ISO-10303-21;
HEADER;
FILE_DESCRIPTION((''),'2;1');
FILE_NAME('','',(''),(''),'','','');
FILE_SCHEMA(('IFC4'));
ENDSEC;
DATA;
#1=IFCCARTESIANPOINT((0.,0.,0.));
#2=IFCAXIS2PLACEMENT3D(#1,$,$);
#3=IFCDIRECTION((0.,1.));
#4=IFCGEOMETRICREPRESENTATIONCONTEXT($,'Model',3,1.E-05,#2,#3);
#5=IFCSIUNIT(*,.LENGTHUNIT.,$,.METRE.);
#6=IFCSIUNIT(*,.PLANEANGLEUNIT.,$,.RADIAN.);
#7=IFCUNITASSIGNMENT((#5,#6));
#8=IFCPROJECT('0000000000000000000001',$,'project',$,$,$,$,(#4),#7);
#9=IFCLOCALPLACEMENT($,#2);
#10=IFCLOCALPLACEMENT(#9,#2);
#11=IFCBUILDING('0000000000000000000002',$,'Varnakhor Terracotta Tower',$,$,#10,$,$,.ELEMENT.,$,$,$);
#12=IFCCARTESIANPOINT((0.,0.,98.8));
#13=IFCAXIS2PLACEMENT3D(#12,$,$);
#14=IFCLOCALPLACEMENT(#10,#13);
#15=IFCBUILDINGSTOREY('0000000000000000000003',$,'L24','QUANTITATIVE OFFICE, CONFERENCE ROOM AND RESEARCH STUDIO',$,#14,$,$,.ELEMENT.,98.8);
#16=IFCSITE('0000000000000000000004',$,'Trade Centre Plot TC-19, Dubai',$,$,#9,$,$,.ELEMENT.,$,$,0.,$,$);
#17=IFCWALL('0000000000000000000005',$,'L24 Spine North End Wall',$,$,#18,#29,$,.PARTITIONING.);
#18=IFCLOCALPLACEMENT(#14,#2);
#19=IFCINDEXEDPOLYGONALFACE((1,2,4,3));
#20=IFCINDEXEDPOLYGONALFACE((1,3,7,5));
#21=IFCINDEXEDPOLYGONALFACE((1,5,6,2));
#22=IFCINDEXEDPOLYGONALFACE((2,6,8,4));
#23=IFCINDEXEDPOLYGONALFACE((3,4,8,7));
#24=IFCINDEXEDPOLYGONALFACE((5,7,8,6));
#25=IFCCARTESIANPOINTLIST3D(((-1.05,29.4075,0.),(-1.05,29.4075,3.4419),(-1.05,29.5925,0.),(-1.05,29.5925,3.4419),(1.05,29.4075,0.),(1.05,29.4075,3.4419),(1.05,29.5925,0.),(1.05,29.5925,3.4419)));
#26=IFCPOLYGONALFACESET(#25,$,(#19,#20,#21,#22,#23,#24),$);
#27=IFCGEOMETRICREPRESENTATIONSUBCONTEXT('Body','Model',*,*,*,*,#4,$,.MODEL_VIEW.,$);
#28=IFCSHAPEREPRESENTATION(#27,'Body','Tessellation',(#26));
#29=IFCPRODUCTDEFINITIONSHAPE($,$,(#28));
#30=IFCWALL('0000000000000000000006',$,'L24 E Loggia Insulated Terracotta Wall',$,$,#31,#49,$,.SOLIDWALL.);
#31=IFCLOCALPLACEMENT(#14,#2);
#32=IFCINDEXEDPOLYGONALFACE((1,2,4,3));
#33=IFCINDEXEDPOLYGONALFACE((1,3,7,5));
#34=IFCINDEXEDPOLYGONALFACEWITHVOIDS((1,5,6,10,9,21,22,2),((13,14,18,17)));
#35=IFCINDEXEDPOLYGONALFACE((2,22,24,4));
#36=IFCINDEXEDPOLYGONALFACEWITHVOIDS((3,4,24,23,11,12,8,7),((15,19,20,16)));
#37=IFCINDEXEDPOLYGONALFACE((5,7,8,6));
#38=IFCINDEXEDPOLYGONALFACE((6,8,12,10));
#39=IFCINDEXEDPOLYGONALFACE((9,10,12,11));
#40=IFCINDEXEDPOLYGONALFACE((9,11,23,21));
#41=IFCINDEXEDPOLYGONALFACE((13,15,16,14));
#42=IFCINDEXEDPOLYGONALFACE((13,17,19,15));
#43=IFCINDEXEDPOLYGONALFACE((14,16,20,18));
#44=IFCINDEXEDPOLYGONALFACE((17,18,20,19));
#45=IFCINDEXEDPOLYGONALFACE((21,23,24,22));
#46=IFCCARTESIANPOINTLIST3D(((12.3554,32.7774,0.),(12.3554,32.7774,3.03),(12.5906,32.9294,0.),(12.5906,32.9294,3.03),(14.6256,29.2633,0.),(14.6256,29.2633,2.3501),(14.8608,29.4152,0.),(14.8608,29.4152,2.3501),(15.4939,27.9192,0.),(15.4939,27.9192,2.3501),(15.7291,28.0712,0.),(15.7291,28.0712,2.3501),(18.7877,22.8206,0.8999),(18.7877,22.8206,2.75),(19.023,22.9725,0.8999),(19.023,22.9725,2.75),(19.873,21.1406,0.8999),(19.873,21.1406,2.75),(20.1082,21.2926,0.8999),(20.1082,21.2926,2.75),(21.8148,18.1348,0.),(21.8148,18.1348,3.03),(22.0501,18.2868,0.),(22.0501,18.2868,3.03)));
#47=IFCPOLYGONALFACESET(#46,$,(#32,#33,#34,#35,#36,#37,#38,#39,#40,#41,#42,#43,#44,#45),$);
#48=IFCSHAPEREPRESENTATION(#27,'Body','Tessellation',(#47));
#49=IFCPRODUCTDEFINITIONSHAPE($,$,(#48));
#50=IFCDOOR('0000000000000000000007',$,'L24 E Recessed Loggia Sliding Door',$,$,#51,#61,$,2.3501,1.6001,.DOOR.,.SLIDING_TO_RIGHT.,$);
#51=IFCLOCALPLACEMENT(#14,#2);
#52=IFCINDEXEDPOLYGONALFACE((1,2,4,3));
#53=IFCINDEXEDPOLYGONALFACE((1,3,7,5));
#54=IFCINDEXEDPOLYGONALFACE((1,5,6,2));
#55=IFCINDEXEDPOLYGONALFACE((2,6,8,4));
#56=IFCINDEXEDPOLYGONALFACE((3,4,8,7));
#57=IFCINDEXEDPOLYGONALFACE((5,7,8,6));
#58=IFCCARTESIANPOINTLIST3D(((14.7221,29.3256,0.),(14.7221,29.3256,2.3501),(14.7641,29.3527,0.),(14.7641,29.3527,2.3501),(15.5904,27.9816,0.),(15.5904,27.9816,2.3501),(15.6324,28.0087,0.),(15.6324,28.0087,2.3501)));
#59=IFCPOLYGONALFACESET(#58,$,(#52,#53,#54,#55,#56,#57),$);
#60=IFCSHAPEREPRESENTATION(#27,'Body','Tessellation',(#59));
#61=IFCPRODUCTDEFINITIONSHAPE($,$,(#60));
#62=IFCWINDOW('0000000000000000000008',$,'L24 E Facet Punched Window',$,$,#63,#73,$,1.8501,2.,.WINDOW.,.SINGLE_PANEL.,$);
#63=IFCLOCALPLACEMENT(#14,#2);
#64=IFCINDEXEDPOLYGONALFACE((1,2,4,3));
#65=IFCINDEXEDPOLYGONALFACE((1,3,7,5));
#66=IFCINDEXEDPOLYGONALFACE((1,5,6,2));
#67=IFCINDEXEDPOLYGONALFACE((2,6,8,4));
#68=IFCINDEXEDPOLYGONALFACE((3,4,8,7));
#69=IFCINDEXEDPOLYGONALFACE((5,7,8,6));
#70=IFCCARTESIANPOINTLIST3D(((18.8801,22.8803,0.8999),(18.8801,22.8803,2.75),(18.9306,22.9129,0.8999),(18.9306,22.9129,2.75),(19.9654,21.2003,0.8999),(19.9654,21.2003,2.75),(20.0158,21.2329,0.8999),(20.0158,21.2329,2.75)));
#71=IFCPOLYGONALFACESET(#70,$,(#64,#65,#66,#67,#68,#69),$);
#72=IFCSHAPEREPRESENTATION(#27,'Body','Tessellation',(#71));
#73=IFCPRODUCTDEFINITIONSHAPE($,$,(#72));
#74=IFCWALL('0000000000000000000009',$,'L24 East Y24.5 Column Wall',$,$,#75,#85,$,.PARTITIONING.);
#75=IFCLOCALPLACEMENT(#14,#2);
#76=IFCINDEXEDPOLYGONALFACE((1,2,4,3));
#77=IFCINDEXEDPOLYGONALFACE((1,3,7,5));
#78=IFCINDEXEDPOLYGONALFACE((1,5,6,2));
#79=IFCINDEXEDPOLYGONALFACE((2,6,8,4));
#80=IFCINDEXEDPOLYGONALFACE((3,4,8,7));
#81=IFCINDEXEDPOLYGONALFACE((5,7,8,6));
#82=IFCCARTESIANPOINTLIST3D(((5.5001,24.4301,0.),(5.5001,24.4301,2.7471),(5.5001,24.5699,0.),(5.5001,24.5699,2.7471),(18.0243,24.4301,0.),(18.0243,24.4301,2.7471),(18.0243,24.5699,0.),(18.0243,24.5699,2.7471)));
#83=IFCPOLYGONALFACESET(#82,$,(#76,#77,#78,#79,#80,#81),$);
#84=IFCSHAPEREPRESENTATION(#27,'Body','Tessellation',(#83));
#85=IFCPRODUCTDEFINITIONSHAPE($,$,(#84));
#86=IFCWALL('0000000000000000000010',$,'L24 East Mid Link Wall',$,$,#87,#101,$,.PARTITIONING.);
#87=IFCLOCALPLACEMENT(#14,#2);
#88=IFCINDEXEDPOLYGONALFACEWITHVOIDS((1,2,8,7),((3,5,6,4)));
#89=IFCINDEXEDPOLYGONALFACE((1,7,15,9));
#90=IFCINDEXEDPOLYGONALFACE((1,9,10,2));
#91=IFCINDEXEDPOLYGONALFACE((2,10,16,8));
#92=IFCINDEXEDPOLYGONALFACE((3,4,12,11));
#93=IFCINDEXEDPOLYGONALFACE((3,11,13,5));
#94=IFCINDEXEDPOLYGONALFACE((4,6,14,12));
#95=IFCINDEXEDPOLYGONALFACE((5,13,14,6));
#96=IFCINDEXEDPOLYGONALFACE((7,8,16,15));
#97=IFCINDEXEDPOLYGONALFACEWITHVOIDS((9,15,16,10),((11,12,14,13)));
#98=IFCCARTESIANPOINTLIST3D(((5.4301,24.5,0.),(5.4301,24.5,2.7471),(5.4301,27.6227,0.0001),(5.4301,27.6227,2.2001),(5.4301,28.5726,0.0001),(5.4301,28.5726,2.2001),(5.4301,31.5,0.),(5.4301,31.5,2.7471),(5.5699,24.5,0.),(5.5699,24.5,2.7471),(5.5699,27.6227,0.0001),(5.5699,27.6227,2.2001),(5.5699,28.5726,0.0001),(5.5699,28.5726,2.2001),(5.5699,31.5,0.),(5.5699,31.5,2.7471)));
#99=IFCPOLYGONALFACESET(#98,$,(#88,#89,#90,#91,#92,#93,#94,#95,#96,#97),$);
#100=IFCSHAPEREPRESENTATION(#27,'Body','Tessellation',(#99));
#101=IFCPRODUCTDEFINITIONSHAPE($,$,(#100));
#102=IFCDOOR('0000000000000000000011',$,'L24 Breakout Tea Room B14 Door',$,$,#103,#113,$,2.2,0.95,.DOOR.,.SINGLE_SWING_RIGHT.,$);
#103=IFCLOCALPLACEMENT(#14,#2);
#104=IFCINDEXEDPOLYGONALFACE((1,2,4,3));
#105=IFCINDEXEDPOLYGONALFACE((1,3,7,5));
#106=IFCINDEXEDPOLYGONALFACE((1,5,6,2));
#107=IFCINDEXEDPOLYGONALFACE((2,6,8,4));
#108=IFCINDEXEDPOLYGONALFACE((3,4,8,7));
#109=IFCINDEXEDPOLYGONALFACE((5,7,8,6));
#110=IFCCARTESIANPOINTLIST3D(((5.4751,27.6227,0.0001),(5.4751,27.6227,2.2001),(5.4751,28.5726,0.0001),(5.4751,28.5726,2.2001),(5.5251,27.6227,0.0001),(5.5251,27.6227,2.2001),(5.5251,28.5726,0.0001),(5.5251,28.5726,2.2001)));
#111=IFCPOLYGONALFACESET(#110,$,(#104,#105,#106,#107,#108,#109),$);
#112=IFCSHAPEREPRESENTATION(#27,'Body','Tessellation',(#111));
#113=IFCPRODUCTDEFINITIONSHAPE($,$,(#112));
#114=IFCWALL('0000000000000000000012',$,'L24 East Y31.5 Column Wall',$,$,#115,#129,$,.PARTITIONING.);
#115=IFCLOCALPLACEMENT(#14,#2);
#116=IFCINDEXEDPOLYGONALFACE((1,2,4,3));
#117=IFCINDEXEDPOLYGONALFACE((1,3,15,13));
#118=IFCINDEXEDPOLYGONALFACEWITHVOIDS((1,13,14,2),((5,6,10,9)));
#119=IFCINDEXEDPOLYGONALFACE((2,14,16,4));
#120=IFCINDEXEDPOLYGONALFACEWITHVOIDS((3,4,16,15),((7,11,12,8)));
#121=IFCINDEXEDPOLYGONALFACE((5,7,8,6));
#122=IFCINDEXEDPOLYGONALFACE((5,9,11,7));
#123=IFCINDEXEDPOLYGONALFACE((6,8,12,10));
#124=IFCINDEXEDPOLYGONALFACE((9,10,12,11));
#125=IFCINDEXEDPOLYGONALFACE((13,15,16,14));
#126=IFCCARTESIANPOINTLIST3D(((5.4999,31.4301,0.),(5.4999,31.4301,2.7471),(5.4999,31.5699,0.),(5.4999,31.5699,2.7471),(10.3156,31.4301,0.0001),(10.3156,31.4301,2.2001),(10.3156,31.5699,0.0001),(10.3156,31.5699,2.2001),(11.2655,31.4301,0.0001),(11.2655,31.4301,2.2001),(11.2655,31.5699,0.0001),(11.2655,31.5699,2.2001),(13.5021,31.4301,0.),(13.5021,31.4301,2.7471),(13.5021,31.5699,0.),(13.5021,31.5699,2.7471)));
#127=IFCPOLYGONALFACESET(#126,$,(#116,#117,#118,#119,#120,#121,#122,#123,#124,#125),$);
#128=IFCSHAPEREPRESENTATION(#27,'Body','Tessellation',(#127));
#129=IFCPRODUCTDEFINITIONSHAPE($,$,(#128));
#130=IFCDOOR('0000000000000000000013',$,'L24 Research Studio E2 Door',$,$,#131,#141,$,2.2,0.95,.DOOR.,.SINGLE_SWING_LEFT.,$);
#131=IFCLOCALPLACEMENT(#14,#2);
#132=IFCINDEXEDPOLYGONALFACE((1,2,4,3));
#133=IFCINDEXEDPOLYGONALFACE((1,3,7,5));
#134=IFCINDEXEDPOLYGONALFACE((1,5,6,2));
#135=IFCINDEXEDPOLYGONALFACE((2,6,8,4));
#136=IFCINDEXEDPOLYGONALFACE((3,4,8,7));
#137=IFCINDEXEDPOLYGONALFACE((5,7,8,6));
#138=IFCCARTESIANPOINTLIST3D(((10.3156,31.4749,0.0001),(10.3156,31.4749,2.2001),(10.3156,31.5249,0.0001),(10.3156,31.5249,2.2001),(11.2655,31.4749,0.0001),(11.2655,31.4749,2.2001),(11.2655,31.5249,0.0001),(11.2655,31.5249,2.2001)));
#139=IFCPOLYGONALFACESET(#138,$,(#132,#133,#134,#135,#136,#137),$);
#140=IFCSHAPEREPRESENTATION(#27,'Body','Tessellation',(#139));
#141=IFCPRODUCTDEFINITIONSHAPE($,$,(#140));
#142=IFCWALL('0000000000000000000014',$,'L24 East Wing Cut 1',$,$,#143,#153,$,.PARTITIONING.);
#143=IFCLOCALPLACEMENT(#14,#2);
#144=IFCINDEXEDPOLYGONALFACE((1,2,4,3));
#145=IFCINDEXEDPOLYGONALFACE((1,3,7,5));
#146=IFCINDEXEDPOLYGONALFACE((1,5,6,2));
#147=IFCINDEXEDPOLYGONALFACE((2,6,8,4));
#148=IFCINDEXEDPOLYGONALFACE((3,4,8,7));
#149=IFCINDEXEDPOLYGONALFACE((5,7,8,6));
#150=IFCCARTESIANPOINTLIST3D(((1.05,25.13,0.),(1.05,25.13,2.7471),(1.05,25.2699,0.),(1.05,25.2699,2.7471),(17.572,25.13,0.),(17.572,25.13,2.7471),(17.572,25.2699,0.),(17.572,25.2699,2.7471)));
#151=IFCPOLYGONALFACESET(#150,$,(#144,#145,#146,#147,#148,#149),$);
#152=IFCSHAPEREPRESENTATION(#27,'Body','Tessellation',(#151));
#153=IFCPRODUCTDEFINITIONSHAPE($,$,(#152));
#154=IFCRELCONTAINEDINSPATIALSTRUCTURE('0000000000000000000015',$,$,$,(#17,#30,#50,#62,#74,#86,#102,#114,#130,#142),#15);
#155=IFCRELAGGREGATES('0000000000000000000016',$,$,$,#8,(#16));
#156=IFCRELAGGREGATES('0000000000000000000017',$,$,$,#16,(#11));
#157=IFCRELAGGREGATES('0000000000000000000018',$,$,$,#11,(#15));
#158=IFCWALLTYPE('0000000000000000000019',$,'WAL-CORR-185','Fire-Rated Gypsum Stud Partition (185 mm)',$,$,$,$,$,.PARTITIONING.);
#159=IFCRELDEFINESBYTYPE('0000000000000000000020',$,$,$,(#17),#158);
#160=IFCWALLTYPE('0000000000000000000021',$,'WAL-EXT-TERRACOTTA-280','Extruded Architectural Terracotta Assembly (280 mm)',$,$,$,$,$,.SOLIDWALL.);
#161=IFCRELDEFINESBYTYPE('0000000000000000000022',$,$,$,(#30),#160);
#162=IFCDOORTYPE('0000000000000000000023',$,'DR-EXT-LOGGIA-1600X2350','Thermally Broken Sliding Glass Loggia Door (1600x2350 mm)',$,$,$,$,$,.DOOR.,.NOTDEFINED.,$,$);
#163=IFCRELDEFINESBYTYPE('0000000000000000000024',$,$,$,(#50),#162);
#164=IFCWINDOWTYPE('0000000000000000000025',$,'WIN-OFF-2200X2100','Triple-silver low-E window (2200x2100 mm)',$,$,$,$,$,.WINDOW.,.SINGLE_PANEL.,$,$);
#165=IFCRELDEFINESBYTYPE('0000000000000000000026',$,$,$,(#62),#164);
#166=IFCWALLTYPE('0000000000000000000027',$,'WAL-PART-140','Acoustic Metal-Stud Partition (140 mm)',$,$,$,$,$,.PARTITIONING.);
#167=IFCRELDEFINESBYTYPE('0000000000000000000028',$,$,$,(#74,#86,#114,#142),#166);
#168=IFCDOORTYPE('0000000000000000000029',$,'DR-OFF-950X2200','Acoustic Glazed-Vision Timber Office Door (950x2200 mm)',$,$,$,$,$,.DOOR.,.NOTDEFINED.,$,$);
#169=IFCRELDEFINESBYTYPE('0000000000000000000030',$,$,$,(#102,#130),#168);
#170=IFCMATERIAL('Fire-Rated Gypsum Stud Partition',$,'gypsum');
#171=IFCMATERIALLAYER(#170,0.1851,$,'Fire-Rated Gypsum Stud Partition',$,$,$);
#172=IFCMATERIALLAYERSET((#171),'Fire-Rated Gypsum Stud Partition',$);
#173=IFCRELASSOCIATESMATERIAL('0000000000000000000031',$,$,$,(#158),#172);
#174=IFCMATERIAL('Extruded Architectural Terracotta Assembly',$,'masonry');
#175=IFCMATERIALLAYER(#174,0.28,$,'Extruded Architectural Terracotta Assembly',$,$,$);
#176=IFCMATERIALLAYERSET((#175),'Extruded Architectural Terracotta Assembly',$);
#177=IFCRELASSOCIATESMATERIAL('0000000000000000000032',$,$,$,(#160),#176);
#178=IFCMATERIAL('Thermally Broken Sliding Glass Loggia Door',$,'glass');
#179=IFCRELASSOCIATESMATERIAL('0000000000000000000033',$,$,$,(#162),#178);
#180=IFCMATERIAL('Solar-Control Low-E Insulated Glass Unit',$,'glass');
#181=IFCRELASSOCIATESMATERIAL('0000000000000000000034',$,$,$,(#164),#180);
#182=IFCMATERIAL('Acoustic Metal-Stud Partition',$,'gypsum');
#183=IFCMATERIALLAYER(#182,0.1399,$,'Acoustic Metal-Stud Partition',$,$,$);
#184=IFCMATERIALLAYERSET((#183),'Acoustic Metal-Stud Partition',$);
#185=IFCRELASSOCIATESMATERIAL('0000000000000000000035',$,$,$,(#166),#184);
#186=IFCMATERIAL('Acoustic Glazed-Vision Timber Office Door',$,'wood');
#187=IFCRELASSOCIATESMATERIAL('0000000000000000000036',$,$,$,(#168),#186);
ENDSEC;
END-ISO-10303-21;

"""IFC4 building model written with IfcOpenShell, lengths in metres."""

from ifc_helpers import new_model, si_unit, direction, frame, frame_2d, origin, place, context, subcontext, project, spatial, rectangle, extrude, source, transform, mapped, material, layer, layer_set, type_object, type_shapes, element, fill, save


model = new_model("IFC4")

# Units and contexts
model_context = context("Model", 3, precision=1e-05, world=origin(), true_north=direction((0.0, 1.0)))
body_context = subcontext(model_context, "Body", "Model", "MODEL_VIEW")
ifc_project = project(units=[si_unit("LENGTHUNIT", "METRE"), si_unit("PLANEANGLEUNIT", "RADIAN")], contexts=[model_context])

# Site, building, storey
site_placement = place(None, origin())
site = spatial("IfcSite", under=ifc_project, at=site_placement, Name="Trade Centre Plot TC-19, Dubai", CompositionType="ELEMENT", RefElevation=0.0)
building_placement = place(site_placement, origin())
building = spatial("IfcBuilding", under=site, at=building_placement, Name="Varnakhor Terracotta Tower", CompositionType="ELEMENT")
storey_placement = place(building_placement, frame((0.0, 0.0, 98.8)))
storey = spatial("IfcBuildingStorey", under=building, at=storey_placement, Name="L24", Description="QUANTITATIVE OFFICE, CONFERENCE ROOM AND RESEARCH STUDIO", CompositionType="ELEMENT", Elevation=98.8)

# Wall
ifc_material_1 = material(Name="Fire-Rated Gypsum Stud Partition", Category="gypsum")
ifc_layer_1 = layer(ifc_material_1, 0.1851, Name="Fire-Rated Gypsum Stud Partition")
ifc_layer_set_1 = layer_set([ifc_layer_1], Name="Fire-Rated Gypsum Stud Partition")
wall_type_1 = type_object("IfcWallType", Name="WAL-CORR-185", Description="Fire-Rated Gypsum Stud Partition (185 mm)", PredefinedType="PARTITIONING", material=ifc_layer_set_1)
wall_1_placement = place(storey_placement, frame((-1.05, 29.5, 0.0), z_axis=(0.0, 0.0, 1.0), x_axis=(1.0, 0.0, 0.0)))
element("IfcWall", 1, at=wall_1_placement, inside=storey, type_object=wall_type_1, Name="L24 Spine North End Wall", PredefinedType="PARTITIONING", context=body_context, shape_type="SweptSolid", body=[
    extrude(rectangle(XDim=2.1001, YDim=0.1851, at=frame_2d((1.05, 0.0))), origin(), (0.0, 0.0, 1.0), 3.4419),
])

# Wall, openings, door, window
ifc_material_2 = material(Name="Extruded Architectural Terracotta Assembly", Category="masonry")
ifc_layer_2 = layer(ifc_material_2, 0.28, Name="Extruded Architectural Terracotta Assembly")
ifc_layer_set_2 = layer_set([ifc_layer_2], Name="Extruded Architectural Terracotta Assembly")
wall_type_2 = type_object("IfcWallType", Name="WAL-EXT-TERRACOTTA-280", Description="Extruded Architectural Terracotta Assembly (280 mm)", PredefinedType="SOLIDWALL", material=ifc_layer_set_2)
wall_2_placement = place(storey_placement, frame((12.4729, 32.8535, 0.0), z_axis=(0.0, 0.0, 1.0), x_axis=(0.542639, -0.839966, 0.0)))
wall_2 = element("IfcWall", 2, at=wall_2_placement, inside=storey, type_object=wall_type_2, Name="L24 E Loggia Insulated Terracotta Wall", PredefinedType="SOLIDWALL", context=body_context, shape_type="SweptSolid", body=[
    extrude(rectangle(XDim=17.4324, YDim=0.28, at=frame_2d((8.7163, 0.0))), origin(), (0.0, 0.0, 1.0), 3.03),
])
opening_1_placement = place(wall_2_placement, frame((4.1838, 0.0, 0.0)))
opening_1 = element("IfcOpeningElement", 3, at=opening_1_placement, cuts=wall_2, PredefinedType="OPENING", context=body_context, shape_type="SweptSolid", body=[
    extrude(rectangle(XDim=1.6001, YDim=2.3501, at=frame_2d((0.8, 1.175))), frame((0.0, 0.1499, 0.0), z_axis=(0.0, -1.0, 0.0), x_axis=(1.0, 0.0, 0.0)), (0.0, 0.0, 1.0), 0.3),
])
opening_2_placement = place(wall_2_placement, frame((11.854, 0.0, 0.8999)))
opening_2 = element("IfcOpeningElement", 4, at=opening_2_placement, cuts=wall_2, PredefinedType="OPENING", context=body_context, shape_type="SweptSolid", body=[
    extrude(rectangle(XDim=2.0, YDim=1.8501, at=frame_2d((1.0, 0.925))), frame((0.0, 0.1499, 0.0), z_axis=(0.0, -1.0, 0.0), x_axis=(1.0, 0.0, 0.0)), (0.0, 0.0, 1.0), 0.3),
])
ifc_material_3 = material(Name="Thermally Broken Sliding Glass Loggia Door", Category="glass")
door_type_1 = type_object("IfcDoorType", Name="DR-EXT-LOGGIA-1600X2350", Description="Thermally Broken Sliding Glass Loggia Door (1600x2350 mm)", OperationType="NOTDEFINED", PredefinedType="DOOR", material=ifc_material_3)
shared_shape_1 = source(origin(), body_context, "Body", "SweptSolid", [
    extrude(rectangle(XDim=1.6001, YDim=2.3501, at=frame_2d((0.8, 1.175))), frame((0.0, 0.0249, 0.0), z_axis=(0.0, -1.0, 0.0), x_axis=(1.0, 0.0, 0.0)), (0.0, 0.0, 1.0), 0.05),
])
type_shapes(door_type_1, [shared_shape_1])
door_1_placement = place(opening_1_placement, origin())
door_1 = element("IfcDoor", 5, at=door_1_placement, inside=storey, type_object=door_type_1, Name="L24 E Recessed Loggia Sliding Door", OperationType="SLIDING_TO_RIGHT", OverallHeight=2.3501, OverallWidth=1.6001, PredefinedType="DOOR", context=body_context, shape_type="MappedRepresentation", body=[
    mapped(shared_shape_1, transform((0.0, 0.0, 0.0), scale=1.0)),
])
fill(opening_1, door_1)
ifc_material_4 = material(Name="Solar-Control Low-E Insulated Glass Unit", Category="glass")
window_type = type_object("IfcWindowType", Name="WIN-OFF-2200X2100", Description="Triple-silver low-E window (2200x2100 mm)", PartitioningType="SINGLE_PANEL", PredefinedType="WINDOW", material=ifc_material_4)
shared_shape_2 = source(origin(), body_context, "Body", "SweptSolid", [
    extrude(rectangle(XDim=2.0, YDim=1.8501, at=frame_2d((1.0, 0.925))), frame((0.0, 0.03, 0.0), z_axis=(0.0, -1.0, 0.0), x_axis=(1.0, 0.0, 0.0)), (0.0, 0.0, 1.0), 0.0601),
])
type_shapes(window_type, [shared_shape_2])
window_placement = place(opening_2_placement, origin())
window = element("IfcWindow", 6, at=window_placement, inside=storey, type_object=window_type, Name="L24 E Facet Punched Window", OverallHeight=1.8501, OverallWidth=2.0, PartitioningType="SINGLE_PANEL", PredefinedType="WINDOW", context=body_context, shape_type="MappedRepresentation", body=[
    mapped(shared_shape_2, transform((0.0, 0.0, 0.0), scale=1.0)),
])
fill(opening_2, window)

# Wall
ifc_material_5 = material(Name="Acoustic Metal-Stud Partition", Category="gypsum")
ifc_layer_3 = layer(ifc_material_5, 0.1399, Name="Acoustic Metal-Stud Partition")
ifc_layer_set_3 = layer_set([ifc_layer_3], Name="Acoustic Metal-Stud Partition")
wall_type_3 = type_object("IfcWallType", Name="WAL-PART-140", Description="Acoustic Metal-Stud Partition (140 mm)", PredefinedType="PARTITIONING", material=ifc_layer_set_3)
wall_3_placement = place(storey_placement, frame((5.5, 24.5, 0.0), z_axis=(0.0, 0.0, 1.0), x_axis=(1.0, 0.0, 0.0)))
element("IfcWall", 7, at=wall_3_placement, inside=storey, type_object=wall_type_3, Name="L24 East Y24.5 Column Wall", PredefinedType="PARTITIONING", context=body_context, shape_type="SweptSolid", body=[
    extrude(rectangle(XDim=12.5242, YDim=0.1399, at=frame_2d((6.2622, 0.0))), origin(), (0.0, 0.0, 1.0), 2.7471),
])

# Walls, openings, doors
wall_4_placement = place(storey_placement, frame((5.5, 24.5, 0.0), z_axis=(0.0, 0.0, 1.0), x_axis=(0.0, 1.0, 0.0)))
wall_4 = element("IfcWall", 8, at=wall_4_placement, inside=storey, type_object=wall_type_3, Name="L24 East Mid Link Wall", PredefinedType="PARTITIONING", context=body_context, shape_type="SweptSolid", body=[
    extrude(rectangle(XDim=7.0, YDim=0.1399, at=frame_2d((3.5, 0.0))), origin(), (0.0, 0.0, 1.0), 2.7471),
])
opening_3_placement = place(wall_4_placement, frame((3.1226, 0.0, 0.0)))
opening_3 = element("IfcOpeningElement", 9, at=opening_3_placement, cuts=wall_4, PredefinedType="OPENING", context=body_context, shape_type="SweptSolid", body=[
    extrude(rectangle(XDim=0.95, YDim=2.2, at=frame_2d((0.4751, 1.1001))), frame((0.0, 0.0801, 0.0), z_axis=(0.0, -1.0, 0.0), x_axis=(1.0, 0.0, 0.0)), (0.0, 0.0, 1.0), 0.1599),
])
ifc_material_6 = material(Name="Acoustic Glazed-Vision Timber Office Door", Category="wood")
door_type_2 = type_object("IfcDoorType", Name="DR-OFF-950X2200", Description="Acoustic Glazed-Vision Timber Office Door (950x2200 mm)", OperationType="NOTDEFINED", PredefinedType="DOOR", material=ifc_material_6)
shared_shape_3 = source(origin(), body_context, "Body", "SweptSolid", [
    extrude(rectangle(XDim=0.95, YDim=2.2, at=frame_2d((0.4751, 1.1001))), frame((0.0, 0.0249, 0.0), z_axis=(0.0, -1.0, 0.0), x_axis=(1.0, 0.0, 0.0)), (0.0, 0.0, 1.0), 0.05),
])
type_shapes(door_type_2, [shared_shape_3])
door_2_placement = place(opening_3_placement, origin())
door_2 = element("IfcDoor", 10, at=door_2_placement, inside=storey, type_object=door_type_2, Name="L24 Breakout Tea Room B14 Door", OperationType="SINGLE_SWING_RIGHT", OverallHeight=2.2, OverallWidth=0.95, PredefinedType="DOOR", context=body_context, shape_type="MappedRepresentation", body=[
    mapped(shared_shape_3, transform((0.0, 0.0, 0.0), scale=1.0)),
])
fill(opening_3, door_2)
wall_5_placement = place(storey_placement, frame((5.5, 31.5, 0.0), z_axis=(0.0, 0.0, 1.0), x_axis=(1.0, 0.0, 0.0)))
wall_5 = element("IfcWall", 11, at=wall_5_placement, inside=storey, type_object=wall_type_3, Name="L24 East Y31.5 Column Wall", PredefinedType="PARTITIONING", context=body_context, shape_type="SweptSolid", body=[
    extrude(rectangle(XDim=8.0022, YDim=0.1399, at=frame_2d((4.001, 0.0))), origin(), (0.0, 0.0, 1.0), 2.7471),
])
opening_4_placement = place(wall_5_placement, frame((4.8154, 0.0, 0.0)))
opening_4 = element("IfcOpeningElement", 12, at=opening_4_placement, cuts=wall_5, PredefinedType="OPENING", context=body_context, shape_type="SweptSolid", body=[
    extrude(rectangle(XDim=0.95, YDim=2.2, at=frame_2d((0.4751, 1.1001))), frame((0.0, 0.0801, 0.0), z_axis=(0.0, -1.0, 0.0), x_axis=(1.0, 0.0, 0.0)), (0.0, 0.0, 1.0), 0.1599),
])
door_3_placement = place(opening_4_placement, origin())
door_3 = element("IfcDoor", 13, at=door_3_placement, inside=storey, type_object=door_type_2, Name="L24 Research Studio E2 Door", OperationType="SINGLE_SWING_LEFT", OverallHeight=2.2, OverallWidth=0.95, PredefinedType="DOOR", context=body_context, shape_type="MappedRepresentation", body=[
    mapped(shared_shape_3, transform((0.0, 0.0, 0.0), scale=1.0)),
])
fill(opening_4, door_3)

# Wall
wall_6_placement = place(storey_placement, frame((1.05, 25.2, 0.0), z_axis=(0.0, 0.0, 1.0), x_axis=(1.0, 0.0, 0.0)))
element("IfcWall", 14, at=wall_6_placement, inside=storey, type_object=wall_type_3, Name="L24 East Wing Cut 1", PredefinedType="PARTITIONING", context=body_context, shape_type="SweptSolid", body=[
    extrude(rectangle(XDim=16.522, YDim=0.1399, at=frame_2d((8.261, 0.0))), origin(), (0.0, 0.0, 1.0), 2.7471),
])

save(model, "model.ifc")
